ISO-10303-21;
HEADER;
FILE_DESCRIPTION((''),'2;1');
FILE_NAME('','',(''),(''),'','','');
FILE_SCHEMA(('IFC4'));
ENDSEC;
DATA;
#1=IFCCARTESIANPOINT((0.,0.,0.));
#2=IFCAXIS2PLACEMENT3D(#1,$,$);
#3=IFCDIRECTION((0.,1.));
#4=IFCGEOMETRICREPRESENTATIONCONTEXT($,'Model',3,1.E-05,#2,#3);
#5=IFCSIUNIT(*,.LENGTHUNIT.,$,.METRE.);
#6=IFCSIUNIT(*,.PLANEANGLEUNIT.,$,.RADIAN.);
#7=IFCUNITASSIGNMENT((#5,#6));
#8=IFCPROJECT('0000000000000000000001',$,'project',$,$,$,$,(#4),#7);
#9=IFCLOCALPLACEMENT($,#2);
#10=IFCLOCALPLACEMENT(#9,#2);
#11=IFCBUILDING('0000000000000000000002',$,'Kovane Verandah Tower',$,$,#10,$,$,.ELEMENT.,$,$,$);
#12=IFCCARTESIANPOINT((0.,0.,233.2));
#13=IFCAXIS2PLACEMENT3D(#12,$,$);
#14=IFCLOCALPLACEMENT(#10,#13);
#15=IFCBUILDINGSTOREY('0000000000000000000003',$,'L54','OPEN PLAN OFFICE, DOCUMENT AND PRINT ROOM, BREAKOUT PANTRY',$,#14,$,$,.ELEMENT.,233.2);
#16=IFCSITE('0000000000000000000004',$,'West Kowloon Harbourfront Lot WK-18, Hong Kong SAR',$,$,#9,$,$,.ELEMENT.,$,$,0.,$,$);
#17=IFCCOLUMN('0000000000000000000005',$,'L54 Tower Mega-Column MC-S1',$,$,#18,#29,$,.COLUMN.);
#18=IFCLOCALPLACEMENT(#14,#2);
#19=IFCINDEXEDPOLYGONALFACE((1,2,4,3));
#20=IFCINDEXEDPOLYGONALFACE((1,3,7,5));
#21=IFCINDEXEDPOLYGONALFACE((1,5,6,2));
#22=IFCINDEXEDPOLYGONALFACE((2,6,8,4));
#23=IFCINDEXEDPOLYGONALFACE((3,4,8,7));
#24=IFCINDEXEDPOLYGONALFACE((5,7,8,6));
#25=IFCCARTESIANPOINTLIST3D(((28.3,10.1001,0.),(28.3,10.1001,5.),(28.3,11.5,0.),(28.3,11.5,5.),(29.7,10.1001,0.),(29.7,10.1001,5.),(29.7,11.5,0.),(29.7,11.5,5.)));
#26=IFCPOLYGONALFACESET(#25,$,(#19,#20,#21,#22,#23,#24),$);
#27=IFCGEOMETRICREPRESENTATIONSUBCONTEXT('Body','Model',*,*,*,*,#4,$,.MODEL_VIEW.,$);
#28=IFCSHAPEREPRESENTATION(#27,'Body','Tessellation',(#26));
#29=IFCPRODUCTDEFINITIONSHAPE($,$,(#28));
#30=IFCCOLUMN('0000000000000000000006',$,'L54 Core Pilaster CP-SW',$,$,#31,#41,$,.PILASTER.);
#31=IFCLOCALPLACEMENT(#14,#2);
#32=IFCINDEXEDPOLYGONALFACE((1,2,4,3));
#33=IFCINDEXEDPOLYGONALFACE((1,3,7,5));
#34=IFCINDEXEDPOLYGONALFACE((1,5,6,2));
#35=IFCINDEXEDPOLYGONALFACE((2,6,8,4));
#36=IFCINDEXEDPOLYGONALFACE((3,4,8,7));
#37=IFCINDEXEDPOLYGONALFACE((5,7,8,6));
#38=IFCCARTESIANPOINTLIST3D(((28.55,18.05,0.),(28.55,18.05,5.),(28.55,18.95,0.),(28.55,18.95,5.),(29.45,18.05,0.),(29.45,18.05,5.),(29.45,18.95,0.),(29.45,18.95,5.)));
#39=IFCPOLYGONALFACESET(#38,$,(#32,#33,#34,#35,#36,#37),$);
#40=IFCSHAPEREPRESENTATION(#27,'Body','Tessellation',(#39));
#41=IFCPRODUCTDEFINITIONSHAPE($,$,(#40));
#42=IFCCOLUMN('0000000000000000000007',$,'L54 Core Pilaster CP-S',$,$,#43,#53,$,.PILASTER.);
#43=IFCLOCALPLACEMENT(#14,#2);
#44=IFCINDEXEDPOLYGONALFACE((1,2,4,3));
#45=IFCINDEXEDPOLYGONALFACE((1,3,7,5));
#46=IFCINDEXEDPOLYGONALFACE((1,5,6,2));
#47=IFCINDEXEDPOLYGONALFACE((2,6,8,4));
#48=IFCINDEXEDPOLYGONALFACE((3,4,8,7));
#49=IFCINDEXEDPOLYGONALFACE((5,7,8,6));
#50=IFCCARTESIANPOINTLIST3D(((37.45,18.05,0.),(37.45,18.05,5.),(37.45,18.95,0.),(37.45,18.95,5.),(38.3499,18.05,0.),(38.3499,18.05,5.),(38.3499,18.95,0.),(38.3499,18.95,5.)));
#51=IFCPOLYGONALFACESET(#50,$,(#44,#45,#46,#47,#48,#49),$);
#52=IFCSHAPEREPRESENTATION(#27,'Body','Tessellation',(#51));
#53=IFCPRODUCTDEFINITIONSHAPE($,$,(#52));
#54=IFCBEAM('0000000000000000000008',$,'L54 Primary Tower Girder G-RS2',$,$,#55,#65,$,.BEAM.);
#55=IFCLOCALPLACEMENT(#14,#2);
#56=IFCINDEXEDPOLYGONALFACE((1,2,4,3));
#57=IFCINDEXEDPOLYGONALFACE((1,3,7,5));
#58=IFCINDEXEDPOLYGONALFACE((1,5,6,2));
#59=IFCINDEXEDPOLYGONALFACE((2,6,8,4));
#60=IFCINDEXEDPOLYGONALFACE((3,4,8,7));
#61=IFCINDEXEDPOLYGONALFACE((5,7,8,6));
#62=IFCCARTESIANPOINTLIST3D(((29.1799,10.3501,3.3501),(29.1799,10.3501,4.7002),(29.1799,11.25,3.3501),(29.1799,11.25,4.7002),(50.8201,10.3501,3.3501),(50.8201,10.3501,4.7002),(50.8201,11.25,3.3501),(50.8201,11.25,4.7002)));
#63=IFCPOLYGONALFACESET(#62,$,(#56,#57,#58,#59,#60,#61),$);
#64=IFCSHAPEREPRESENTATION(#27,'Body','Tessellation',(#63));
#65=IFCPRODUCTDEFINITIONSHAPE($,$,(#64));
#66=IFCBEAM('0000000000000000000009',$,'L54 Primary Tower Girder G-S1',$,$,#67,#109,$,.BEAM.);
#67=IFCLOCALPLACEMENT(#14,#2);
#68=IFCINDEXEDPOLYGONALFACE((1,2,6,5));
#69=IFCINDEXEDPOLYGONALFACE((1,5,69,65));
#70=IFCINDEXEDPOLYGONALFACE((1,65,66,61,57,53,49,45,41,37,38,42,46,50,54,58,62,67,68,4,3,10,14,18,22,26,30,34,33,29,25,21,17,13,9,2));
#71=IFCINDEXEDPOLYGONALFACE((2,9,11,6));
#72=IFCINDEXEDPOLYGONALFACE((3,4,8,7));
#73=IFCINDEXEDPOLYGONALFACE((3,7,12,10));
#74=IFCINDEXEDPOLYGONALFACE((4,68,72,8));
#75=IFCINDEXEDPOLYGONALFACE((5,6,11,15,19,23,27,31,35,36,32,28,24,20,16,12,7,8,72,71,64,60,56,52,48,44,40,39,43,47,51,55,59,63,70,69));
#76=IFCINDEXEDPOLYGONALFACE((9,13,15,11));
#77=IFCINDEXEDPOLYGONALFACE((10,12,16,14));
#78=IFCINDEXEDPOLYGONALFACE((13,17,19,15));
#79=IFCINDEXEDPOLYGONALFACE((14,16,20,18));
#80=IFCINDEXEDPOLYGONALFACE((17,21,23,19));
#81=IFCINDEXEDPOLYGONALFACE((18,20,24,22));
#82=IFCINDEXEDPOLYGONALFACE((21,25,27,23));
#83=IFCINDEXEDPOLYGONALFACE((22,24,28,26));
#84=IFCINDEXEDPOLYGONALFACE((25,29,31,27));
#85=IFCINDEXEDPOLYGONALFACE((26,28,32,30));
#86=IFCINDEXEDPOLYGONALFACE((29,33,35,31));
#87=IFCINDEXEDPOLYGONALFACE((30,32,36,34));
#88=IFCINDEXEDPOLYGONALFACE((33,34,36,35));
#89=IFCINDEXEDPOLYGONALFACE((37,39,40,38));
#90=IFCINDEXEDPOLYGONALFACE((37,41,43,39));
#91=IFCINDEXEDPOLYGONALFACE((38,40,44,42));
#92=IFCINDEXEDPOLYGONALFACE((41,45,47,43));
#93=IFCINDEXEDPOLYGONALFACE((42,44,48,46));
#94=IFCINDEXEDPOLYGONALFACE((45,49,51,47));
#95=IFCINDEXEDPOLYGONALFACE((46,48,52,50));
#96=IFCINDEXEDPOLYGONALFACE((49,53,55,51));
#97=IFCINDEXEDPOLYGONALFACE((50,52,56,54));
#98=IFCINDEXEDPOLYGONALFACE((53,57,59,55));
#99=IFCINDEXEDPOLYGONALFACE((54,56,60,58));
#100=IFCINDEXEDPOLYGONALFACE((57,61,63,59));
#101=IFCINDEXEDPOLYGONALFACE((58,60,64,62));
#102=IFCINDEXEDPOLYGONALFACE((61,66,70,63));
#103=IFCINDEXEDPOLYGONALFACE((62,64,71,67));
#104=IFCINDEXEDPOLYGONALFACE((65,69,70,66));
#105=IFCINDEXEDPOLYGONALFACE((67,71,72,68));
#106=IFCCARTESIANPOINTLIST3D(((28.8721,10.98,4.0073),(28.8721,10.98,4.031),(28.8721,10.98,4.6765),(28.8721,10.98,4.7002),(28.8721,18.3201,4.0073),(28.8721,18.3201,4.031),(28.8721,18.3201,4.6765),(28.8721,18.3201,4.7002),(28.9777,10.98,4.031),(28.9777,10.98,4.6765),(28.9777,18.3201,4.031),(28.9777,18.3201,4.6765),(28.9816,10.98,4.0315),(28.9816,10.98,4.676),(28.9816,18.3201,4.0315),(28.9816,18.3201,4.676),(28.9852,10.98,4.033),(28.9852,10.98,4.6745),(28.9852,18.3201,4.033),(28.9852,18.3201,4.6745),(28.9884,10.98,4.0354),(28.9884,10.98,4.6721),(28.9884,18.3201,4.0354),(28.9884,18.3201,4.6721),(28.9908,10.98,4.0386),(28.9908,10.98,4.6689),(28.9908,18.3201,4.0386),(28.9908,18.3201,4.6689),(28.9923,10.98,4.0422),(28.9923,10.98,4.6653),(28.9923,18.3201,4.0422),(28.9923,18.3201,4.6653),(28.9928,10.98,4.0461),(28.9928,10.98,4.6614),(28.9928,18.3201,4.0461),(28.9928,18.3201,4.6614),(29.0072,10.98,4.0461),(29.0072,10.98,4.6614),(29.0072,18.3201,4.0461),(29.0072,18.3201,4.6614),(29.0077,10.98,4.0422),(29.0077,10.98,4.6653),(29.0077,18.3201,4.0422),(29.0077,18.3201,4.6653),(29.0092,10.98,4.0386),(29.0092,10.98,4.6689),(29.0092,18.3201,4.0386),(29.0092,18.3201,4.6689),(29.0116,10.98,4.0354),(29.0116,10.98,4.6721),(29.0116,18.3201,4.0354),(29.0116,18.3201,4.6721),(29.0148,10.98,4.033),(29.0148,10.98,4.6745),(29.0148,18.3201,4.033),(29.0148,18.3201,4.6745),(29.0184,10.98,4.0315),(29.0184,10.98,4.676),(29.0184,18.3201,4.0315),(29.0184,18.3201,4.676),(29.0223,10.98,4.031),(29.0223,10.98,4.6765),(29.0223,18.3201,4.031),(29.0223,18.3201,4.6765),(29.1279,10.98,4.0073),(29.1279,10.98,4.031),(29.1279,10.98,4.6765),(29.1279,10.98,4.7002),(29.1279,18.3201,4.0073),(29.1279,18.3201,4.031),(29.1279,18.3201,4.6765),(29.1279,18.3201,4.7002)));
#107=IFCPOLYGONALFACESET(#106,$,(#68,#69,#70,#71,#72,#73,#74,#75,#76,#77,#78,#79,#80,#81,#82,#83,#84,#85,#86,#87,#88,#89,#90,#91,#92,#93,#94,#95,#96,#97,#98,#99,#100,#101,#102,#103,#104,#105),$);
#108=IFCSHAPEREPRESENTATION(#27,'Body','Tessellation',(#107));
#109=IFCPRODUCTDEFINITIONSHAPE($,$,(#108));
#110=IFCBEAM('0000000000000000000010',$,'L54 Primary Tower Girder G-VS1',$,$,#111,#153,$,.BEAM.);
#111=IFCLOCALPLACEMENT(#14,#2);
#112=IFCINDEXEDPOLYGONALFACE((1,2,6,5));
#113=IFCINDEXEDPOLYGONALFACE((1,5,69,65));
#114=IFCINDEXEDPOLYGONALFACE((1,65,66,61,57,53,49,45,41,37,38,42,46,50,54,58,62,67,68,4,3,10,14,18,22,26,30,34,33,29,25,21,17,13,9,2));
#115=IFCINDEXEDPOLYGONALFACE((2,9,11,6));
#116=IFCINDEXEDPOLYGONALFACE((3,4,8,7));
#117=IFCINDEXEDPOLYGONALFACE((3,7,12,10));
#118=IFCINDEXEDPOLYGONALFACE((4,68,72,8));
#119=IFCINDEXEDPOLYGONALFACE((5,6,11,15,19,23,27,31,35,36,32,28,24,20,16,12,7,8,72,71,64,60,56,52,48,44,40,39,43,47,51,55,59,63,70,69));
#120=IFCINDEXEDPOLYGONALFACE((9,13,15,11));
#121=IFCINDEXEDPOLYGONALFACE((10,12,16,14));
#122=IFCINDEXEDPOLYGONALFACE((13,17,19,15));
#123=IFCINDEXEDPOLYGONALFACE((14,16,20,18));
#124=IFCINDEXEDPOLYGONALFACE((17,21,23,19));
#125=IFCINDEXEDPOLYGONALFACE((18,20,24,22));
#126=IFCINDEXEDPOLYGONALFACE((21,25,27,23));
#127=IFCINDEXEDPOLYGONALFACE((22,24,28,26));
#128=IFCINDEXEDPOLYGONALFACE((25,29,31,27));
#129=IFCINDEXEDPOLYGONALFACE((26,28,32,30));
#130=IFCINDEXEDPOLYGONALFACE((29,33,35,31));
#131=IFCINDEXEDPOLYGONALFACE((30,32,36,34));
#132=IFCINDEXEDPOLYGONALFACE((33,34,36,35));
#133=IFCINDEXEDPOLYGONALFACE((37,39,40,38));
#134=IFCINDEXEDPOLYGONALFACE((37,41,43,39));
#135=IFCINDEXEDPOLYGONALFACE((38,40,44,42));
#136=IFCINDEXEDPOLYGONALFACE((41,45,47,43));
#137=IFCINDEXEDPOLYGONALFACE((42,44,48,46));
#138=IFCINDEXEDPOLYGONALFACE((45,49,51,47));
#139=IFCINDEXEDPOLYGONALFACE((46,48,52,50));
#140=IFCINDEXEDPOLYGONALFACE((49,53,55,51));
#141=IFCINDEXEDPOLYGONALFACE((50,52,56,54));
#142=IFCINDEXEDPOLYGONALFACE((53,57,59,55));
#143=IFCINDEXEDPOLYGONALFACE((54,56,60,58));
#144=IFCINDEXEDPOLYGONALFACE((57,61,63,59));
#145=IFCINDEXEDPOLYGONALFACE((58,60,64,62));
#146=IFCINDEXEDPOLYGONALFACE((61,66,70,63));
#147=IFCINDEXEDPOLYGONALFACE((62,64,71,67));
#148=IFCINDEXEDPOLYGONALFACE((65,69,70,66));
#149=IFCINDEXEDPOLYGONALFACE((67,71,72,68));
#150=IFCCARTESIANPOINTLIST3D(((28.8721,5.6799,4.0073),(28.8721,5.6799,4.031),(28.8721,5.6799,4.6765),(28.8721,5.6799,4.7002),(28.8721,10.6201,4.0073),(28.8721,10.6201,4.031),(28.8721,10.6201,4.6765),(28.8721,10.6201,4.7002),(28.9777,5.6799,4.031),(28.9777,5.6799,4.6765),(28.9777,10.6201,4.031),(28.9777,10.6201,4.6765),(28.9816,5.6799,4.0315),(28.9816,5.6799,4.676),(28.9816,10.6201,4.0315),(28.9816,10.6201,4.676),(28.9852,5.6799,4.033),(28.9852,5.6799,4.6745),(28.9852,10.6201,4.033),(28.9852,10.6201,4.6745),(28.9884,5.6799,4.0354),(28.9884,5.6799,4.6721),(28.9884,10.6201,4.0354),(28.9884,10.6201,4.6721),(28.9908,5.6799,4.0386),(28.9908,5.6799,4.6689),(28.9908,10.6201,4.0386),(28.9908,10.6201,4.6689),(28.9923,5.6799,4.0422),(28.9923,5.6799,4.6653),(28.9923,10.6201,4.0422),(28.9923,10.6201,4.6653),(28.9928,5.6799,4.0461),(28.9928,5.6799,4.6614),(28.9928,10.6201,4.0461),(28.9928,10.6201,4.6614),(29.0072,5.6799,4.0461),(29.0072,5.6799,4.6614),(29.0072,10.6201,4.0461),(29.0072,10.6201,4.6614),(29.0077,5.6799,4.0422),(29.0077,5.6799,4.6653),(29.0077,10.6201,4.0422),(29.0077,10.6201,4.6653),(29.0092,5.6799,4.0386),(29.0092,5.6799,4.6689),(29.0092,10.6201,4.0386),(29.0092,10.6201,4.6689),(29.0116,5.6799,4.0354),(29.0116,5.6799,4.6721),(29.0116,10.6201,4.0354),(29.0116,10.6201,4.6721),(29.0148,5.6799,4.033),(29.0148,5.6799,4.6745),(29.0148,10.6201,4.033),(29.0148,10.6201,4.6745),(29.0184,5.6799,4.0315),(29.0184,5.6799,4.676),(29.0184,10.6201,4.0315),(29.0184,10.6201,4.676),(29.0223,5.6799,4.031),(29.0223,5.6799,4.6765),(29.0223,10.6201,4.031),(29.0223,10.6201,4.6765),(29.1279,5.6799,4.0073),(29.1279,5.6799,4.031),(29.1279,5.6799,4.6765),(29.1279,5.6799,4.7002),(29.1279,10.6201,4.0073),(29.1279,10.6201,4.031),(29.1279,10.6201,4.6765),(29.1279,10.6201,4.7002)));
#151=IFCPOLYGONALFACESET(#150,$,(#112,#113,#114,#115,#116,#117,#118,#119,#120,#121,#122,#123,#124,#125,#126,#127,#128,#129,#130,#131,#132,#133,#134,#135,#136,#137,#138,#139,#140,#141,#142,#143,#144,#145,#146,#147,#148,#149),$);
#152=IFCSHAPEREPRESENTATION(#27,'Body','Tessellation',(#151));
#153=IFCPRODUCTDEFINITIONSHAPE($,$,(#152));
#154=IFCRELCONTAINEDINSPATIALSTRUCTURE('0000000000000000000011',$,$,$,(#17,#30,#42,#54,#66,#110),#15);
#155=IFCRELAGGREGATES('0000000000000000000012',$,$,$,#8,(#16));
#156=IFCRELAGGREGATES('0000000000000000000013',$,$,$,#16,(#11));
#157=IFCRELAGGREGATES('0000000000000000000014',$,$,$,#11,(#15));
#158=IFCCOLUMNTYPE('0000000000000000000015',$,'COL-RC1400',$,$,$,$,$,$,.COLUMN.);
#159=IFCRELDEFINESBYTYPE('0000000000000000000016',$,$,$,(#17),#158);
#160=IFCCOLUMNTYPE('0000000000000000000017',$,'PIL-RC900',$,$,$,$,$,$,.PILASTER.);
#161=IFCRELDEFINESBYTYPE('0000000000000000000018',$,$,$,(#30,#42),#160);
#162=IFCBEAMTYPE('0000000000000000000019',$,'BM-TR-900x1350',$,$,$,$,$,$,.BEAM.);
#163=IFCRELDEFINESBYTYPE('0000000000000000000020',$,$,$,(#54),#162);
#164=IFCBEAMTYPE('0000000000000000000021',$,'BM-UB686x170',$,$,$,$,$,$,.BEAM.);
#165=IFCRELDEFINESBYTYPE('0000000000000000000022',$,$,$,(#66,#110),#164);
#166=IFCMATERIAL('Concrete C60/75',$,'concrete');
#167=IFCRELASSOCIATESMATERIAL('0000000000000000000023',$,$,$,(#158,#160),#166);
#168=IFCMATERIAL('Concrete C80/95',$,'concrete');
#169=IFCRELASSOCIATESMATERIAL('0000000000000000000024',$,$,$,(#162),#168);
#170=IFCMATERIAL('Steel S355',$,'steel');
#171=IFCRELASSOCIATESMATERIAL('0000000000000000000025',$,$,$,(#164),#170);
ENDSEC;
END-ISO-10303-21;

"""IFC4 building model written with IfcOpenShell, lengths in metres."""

from ifc_helpers import new_model, si_unit, direction, frame, origin, origin_2d, place, context, subcontext, project, spatial, rectangle, i_section, extrude, material, material_profile, profile_set, type_object, element, save


model = new_model("IFC4")

# Units and contexts
model_context = context("Model", 3, precision=1e-05, world=origin(), true_north=direction((0.0, 1.0)))
body_context = subcontext(model_context, "Body", "Model", "MODEL_VIEW")
ifc_project = project(units=[si_unit("LENGTHUNIT", "METRE"), si_unit("PLANEANGLEUNIT", "RADIAN")], contexts=[model_context])

# Site, building, storey
site_placement = place(None, origin())
site = spatial("IfcSite", under=ifc_project, at=site_placement, Name="West Kowloon Harbourfront Lot WK-18, Hong Kong SAR", CompositionType="ELEMENT", RefElevation=0.0)
building_placement = place(site_placement, origin())
building = spatial("IfcBuilding", under=site, at=building_placement, Name="Kovane Verandah Tower", CompositionType="ELEMENT")
storey_placement = place(building_placement, frame((0.0, 0.0, 233.2)))
storey = spatial("IfcBuildingStorey", under=building, at=storey_placement, Name="L54", Description="OPEN PLAN OFFICE, DOCUMENT AND PRINT ROOM, BREAKOUT PANTRY", CompositionType="ELEMENT", Elevation=233.2)

# Columns
ifc_material_1 = material(Name="Concrete C60/75", Category="concrete")
ifc_material_profile_1 = material_profile(ifc_material_1, rectangle(XDim=1.3999, YDim=1.3999, at=origin_2d()), Name="RC1400x1400")
ifc_profile_set_1 = profile_set([ifc_material_profile_1], Name="Concrete C60/75")
column_type_1 = type_object("IfcColumnType", Name="COL-RC1400", PredefinedType="COLUMN", material=ifc_profile_set_1)
column_placement = place(storey_placement, frame((29.0, 10.8, 0.0), z_axis=(0.0, 0.0, 1.0), x_axis=(1.0, 0.0, 0.0)))
element("IfcColumn", 1, at=column_placement, inside=storey, type_object=column_type_1, Name="L54 Tower Mega-Column MC-S1", PredefinedType="COLUMN", context=body_context, shape_type="SweptSolid", body=[
    extrude(rectangle(XDim=1.3999, YDim=1.3999, at=origin_2d()), origin(), (0.0, 0.0, 1.0), 5.0),
])
ifc_material_profile_2 = material_profile(ifc_material_1, rectangle(XDim=0.8999, YDim=0.8999, at=origin_2d()), Name="RC900x900")
ifc_profile_set_2 = profile_set([ifc_material_profile_2], Name="Concrete C60/75")
column_type_2 = type_object("IfcColumnType", Name="PIL-RC900", PredefinedType="PILASTER", material=ifc_profile_set_2)
for number, where, z_axis, x_axis, name in (
    (2, (29.0, 18.5, 0.0), (0.0, 0.0, 1.0), (1.0, 0.0, 0.0), "L54 Core Pilaster CP-SW"),
    (3, (37.8999, 18.5, 0.0), (0.0, 0.0, 1.0), (1.0, 0.0, 0.0), "L54 Core Pilaster CP-S"),
):
    element("IfcColumn", number, at=place(storey_placement, frame(where, z_axis=z_axis, x_axis=x_axis)), inside=storey, type_object=column_type_2, Name=name, PredefinedType="PILASTER", context=body_context, shape_type="SweptSolid", body=[
        extrude(rectangle(XDim=0.8999, YDim=0.8999, at=origin_2d()), origin(), (0.0, 0.0, 1.0), 5.0),
    ])

# Beams
ifc_material_2 = material(Name="Concrete C80/95", Category="concrete")
ifc_material_profile_3 = material_profile(ifc_material_2, rectangle(XDim=0.8999, YDim=1.3501, at=origin_2d()), Name="RCB900x1350")
ifc_profile_set_3 = profile_set([ifc_material_profile_3], Name="Concrete C80/95")
beam_type_1 = type_object("IfcBeamType", Name="BM-TR-900x1350", PredefinedType="BEAM", material=ifc_profile_set_3)
beam_1_placement = place(storey_placement, frame((29.1799, 10.8, 4.0251), z_axis=(1.0, 0.0, 0.0), x_axis=(0.0, 1.0, 0.0)))
element("IfcBeam", 4, at=beam_1_placement, inside=storey, type_object=beam_type_1, Name="L54 Primary Tower Girder G-RS2", PredefinedType="BEAM", context=body_context, shape_type="SweptSolid", body=[
    extrude(rectangle(XDim=0.8999, YDim=1.3501, at=origin_2d()), origin(), (0.0, 0.0, 1.0), 21.6401),
])
ifc_material_3 = material(Name="Steel S355", Category="steel")
ifc_material_profile_4 = material_profile(ifc_material_3, i_section(OverallWidth=0.2559, OverallDepth=0.6929, WebThickness=0.0144, FlangeThickness=0.0237, FilletRadius=0.0151, at=origin_2d()), Name="UB686x254x170")
ifc_profile_set_4 = profile_set([ifc_material_profile_4], Name="Steel S355")
beam_type_2 = type_object("IfcBeamType", Name="BM-UB686x170", PredefinedType="BEAM", material=ifc_profile_set_4)
beam_2_placement = place(storey_placement, frame((29.0, 18.3201, 4.3538), z_axis=(0.0, -1.0, 0.0), x_axis=(1.0, 0.0, 0.0)))
element("IfcBeam", 5, at=beam_2_placement, inside=storey, type_object=beam_type_2, Name="L54 Primary Tower Girder G-S1", PredefinedType="BEAM", context=body_context, shape_type="SweptSolid", body=[
    extrude(i_section(OverallWidth=0.2559, OverallDepth=0.6929, WebThickness=0.0144, FlangeThickness=0.0237, FilletRadius=0.0151, at=origin_2d()), origin(), (0.0, 0.0, 1.0), 7.3401),
])
beam_3_placement = place(storey_placement, frame((29.0, 10.6201, 4.3538), z_axis=(0.0, -1.0, 0.0), x_axis=(1.0, 0.0, 0.0)))
element("IfcBeam", 6, at=beam_3_placement, inside=storey, type_object=beam_type_2, Name="L54 Primary Tower Girder G-VS1", PredefinedType="BEAM", context=body_context, shape_type="SweptSolid", body=[
    extrude(i_section(OverallWidth=0.2559, OverallDepth=0.6929, WebThickness=0.0144, FlangeThickness=0.0237, FilletRadius=0.0151, at=origin_2d()), origin(), (0.0, 0.0, 1.0), 4.9402),
])

save(model, "model.ifc")
